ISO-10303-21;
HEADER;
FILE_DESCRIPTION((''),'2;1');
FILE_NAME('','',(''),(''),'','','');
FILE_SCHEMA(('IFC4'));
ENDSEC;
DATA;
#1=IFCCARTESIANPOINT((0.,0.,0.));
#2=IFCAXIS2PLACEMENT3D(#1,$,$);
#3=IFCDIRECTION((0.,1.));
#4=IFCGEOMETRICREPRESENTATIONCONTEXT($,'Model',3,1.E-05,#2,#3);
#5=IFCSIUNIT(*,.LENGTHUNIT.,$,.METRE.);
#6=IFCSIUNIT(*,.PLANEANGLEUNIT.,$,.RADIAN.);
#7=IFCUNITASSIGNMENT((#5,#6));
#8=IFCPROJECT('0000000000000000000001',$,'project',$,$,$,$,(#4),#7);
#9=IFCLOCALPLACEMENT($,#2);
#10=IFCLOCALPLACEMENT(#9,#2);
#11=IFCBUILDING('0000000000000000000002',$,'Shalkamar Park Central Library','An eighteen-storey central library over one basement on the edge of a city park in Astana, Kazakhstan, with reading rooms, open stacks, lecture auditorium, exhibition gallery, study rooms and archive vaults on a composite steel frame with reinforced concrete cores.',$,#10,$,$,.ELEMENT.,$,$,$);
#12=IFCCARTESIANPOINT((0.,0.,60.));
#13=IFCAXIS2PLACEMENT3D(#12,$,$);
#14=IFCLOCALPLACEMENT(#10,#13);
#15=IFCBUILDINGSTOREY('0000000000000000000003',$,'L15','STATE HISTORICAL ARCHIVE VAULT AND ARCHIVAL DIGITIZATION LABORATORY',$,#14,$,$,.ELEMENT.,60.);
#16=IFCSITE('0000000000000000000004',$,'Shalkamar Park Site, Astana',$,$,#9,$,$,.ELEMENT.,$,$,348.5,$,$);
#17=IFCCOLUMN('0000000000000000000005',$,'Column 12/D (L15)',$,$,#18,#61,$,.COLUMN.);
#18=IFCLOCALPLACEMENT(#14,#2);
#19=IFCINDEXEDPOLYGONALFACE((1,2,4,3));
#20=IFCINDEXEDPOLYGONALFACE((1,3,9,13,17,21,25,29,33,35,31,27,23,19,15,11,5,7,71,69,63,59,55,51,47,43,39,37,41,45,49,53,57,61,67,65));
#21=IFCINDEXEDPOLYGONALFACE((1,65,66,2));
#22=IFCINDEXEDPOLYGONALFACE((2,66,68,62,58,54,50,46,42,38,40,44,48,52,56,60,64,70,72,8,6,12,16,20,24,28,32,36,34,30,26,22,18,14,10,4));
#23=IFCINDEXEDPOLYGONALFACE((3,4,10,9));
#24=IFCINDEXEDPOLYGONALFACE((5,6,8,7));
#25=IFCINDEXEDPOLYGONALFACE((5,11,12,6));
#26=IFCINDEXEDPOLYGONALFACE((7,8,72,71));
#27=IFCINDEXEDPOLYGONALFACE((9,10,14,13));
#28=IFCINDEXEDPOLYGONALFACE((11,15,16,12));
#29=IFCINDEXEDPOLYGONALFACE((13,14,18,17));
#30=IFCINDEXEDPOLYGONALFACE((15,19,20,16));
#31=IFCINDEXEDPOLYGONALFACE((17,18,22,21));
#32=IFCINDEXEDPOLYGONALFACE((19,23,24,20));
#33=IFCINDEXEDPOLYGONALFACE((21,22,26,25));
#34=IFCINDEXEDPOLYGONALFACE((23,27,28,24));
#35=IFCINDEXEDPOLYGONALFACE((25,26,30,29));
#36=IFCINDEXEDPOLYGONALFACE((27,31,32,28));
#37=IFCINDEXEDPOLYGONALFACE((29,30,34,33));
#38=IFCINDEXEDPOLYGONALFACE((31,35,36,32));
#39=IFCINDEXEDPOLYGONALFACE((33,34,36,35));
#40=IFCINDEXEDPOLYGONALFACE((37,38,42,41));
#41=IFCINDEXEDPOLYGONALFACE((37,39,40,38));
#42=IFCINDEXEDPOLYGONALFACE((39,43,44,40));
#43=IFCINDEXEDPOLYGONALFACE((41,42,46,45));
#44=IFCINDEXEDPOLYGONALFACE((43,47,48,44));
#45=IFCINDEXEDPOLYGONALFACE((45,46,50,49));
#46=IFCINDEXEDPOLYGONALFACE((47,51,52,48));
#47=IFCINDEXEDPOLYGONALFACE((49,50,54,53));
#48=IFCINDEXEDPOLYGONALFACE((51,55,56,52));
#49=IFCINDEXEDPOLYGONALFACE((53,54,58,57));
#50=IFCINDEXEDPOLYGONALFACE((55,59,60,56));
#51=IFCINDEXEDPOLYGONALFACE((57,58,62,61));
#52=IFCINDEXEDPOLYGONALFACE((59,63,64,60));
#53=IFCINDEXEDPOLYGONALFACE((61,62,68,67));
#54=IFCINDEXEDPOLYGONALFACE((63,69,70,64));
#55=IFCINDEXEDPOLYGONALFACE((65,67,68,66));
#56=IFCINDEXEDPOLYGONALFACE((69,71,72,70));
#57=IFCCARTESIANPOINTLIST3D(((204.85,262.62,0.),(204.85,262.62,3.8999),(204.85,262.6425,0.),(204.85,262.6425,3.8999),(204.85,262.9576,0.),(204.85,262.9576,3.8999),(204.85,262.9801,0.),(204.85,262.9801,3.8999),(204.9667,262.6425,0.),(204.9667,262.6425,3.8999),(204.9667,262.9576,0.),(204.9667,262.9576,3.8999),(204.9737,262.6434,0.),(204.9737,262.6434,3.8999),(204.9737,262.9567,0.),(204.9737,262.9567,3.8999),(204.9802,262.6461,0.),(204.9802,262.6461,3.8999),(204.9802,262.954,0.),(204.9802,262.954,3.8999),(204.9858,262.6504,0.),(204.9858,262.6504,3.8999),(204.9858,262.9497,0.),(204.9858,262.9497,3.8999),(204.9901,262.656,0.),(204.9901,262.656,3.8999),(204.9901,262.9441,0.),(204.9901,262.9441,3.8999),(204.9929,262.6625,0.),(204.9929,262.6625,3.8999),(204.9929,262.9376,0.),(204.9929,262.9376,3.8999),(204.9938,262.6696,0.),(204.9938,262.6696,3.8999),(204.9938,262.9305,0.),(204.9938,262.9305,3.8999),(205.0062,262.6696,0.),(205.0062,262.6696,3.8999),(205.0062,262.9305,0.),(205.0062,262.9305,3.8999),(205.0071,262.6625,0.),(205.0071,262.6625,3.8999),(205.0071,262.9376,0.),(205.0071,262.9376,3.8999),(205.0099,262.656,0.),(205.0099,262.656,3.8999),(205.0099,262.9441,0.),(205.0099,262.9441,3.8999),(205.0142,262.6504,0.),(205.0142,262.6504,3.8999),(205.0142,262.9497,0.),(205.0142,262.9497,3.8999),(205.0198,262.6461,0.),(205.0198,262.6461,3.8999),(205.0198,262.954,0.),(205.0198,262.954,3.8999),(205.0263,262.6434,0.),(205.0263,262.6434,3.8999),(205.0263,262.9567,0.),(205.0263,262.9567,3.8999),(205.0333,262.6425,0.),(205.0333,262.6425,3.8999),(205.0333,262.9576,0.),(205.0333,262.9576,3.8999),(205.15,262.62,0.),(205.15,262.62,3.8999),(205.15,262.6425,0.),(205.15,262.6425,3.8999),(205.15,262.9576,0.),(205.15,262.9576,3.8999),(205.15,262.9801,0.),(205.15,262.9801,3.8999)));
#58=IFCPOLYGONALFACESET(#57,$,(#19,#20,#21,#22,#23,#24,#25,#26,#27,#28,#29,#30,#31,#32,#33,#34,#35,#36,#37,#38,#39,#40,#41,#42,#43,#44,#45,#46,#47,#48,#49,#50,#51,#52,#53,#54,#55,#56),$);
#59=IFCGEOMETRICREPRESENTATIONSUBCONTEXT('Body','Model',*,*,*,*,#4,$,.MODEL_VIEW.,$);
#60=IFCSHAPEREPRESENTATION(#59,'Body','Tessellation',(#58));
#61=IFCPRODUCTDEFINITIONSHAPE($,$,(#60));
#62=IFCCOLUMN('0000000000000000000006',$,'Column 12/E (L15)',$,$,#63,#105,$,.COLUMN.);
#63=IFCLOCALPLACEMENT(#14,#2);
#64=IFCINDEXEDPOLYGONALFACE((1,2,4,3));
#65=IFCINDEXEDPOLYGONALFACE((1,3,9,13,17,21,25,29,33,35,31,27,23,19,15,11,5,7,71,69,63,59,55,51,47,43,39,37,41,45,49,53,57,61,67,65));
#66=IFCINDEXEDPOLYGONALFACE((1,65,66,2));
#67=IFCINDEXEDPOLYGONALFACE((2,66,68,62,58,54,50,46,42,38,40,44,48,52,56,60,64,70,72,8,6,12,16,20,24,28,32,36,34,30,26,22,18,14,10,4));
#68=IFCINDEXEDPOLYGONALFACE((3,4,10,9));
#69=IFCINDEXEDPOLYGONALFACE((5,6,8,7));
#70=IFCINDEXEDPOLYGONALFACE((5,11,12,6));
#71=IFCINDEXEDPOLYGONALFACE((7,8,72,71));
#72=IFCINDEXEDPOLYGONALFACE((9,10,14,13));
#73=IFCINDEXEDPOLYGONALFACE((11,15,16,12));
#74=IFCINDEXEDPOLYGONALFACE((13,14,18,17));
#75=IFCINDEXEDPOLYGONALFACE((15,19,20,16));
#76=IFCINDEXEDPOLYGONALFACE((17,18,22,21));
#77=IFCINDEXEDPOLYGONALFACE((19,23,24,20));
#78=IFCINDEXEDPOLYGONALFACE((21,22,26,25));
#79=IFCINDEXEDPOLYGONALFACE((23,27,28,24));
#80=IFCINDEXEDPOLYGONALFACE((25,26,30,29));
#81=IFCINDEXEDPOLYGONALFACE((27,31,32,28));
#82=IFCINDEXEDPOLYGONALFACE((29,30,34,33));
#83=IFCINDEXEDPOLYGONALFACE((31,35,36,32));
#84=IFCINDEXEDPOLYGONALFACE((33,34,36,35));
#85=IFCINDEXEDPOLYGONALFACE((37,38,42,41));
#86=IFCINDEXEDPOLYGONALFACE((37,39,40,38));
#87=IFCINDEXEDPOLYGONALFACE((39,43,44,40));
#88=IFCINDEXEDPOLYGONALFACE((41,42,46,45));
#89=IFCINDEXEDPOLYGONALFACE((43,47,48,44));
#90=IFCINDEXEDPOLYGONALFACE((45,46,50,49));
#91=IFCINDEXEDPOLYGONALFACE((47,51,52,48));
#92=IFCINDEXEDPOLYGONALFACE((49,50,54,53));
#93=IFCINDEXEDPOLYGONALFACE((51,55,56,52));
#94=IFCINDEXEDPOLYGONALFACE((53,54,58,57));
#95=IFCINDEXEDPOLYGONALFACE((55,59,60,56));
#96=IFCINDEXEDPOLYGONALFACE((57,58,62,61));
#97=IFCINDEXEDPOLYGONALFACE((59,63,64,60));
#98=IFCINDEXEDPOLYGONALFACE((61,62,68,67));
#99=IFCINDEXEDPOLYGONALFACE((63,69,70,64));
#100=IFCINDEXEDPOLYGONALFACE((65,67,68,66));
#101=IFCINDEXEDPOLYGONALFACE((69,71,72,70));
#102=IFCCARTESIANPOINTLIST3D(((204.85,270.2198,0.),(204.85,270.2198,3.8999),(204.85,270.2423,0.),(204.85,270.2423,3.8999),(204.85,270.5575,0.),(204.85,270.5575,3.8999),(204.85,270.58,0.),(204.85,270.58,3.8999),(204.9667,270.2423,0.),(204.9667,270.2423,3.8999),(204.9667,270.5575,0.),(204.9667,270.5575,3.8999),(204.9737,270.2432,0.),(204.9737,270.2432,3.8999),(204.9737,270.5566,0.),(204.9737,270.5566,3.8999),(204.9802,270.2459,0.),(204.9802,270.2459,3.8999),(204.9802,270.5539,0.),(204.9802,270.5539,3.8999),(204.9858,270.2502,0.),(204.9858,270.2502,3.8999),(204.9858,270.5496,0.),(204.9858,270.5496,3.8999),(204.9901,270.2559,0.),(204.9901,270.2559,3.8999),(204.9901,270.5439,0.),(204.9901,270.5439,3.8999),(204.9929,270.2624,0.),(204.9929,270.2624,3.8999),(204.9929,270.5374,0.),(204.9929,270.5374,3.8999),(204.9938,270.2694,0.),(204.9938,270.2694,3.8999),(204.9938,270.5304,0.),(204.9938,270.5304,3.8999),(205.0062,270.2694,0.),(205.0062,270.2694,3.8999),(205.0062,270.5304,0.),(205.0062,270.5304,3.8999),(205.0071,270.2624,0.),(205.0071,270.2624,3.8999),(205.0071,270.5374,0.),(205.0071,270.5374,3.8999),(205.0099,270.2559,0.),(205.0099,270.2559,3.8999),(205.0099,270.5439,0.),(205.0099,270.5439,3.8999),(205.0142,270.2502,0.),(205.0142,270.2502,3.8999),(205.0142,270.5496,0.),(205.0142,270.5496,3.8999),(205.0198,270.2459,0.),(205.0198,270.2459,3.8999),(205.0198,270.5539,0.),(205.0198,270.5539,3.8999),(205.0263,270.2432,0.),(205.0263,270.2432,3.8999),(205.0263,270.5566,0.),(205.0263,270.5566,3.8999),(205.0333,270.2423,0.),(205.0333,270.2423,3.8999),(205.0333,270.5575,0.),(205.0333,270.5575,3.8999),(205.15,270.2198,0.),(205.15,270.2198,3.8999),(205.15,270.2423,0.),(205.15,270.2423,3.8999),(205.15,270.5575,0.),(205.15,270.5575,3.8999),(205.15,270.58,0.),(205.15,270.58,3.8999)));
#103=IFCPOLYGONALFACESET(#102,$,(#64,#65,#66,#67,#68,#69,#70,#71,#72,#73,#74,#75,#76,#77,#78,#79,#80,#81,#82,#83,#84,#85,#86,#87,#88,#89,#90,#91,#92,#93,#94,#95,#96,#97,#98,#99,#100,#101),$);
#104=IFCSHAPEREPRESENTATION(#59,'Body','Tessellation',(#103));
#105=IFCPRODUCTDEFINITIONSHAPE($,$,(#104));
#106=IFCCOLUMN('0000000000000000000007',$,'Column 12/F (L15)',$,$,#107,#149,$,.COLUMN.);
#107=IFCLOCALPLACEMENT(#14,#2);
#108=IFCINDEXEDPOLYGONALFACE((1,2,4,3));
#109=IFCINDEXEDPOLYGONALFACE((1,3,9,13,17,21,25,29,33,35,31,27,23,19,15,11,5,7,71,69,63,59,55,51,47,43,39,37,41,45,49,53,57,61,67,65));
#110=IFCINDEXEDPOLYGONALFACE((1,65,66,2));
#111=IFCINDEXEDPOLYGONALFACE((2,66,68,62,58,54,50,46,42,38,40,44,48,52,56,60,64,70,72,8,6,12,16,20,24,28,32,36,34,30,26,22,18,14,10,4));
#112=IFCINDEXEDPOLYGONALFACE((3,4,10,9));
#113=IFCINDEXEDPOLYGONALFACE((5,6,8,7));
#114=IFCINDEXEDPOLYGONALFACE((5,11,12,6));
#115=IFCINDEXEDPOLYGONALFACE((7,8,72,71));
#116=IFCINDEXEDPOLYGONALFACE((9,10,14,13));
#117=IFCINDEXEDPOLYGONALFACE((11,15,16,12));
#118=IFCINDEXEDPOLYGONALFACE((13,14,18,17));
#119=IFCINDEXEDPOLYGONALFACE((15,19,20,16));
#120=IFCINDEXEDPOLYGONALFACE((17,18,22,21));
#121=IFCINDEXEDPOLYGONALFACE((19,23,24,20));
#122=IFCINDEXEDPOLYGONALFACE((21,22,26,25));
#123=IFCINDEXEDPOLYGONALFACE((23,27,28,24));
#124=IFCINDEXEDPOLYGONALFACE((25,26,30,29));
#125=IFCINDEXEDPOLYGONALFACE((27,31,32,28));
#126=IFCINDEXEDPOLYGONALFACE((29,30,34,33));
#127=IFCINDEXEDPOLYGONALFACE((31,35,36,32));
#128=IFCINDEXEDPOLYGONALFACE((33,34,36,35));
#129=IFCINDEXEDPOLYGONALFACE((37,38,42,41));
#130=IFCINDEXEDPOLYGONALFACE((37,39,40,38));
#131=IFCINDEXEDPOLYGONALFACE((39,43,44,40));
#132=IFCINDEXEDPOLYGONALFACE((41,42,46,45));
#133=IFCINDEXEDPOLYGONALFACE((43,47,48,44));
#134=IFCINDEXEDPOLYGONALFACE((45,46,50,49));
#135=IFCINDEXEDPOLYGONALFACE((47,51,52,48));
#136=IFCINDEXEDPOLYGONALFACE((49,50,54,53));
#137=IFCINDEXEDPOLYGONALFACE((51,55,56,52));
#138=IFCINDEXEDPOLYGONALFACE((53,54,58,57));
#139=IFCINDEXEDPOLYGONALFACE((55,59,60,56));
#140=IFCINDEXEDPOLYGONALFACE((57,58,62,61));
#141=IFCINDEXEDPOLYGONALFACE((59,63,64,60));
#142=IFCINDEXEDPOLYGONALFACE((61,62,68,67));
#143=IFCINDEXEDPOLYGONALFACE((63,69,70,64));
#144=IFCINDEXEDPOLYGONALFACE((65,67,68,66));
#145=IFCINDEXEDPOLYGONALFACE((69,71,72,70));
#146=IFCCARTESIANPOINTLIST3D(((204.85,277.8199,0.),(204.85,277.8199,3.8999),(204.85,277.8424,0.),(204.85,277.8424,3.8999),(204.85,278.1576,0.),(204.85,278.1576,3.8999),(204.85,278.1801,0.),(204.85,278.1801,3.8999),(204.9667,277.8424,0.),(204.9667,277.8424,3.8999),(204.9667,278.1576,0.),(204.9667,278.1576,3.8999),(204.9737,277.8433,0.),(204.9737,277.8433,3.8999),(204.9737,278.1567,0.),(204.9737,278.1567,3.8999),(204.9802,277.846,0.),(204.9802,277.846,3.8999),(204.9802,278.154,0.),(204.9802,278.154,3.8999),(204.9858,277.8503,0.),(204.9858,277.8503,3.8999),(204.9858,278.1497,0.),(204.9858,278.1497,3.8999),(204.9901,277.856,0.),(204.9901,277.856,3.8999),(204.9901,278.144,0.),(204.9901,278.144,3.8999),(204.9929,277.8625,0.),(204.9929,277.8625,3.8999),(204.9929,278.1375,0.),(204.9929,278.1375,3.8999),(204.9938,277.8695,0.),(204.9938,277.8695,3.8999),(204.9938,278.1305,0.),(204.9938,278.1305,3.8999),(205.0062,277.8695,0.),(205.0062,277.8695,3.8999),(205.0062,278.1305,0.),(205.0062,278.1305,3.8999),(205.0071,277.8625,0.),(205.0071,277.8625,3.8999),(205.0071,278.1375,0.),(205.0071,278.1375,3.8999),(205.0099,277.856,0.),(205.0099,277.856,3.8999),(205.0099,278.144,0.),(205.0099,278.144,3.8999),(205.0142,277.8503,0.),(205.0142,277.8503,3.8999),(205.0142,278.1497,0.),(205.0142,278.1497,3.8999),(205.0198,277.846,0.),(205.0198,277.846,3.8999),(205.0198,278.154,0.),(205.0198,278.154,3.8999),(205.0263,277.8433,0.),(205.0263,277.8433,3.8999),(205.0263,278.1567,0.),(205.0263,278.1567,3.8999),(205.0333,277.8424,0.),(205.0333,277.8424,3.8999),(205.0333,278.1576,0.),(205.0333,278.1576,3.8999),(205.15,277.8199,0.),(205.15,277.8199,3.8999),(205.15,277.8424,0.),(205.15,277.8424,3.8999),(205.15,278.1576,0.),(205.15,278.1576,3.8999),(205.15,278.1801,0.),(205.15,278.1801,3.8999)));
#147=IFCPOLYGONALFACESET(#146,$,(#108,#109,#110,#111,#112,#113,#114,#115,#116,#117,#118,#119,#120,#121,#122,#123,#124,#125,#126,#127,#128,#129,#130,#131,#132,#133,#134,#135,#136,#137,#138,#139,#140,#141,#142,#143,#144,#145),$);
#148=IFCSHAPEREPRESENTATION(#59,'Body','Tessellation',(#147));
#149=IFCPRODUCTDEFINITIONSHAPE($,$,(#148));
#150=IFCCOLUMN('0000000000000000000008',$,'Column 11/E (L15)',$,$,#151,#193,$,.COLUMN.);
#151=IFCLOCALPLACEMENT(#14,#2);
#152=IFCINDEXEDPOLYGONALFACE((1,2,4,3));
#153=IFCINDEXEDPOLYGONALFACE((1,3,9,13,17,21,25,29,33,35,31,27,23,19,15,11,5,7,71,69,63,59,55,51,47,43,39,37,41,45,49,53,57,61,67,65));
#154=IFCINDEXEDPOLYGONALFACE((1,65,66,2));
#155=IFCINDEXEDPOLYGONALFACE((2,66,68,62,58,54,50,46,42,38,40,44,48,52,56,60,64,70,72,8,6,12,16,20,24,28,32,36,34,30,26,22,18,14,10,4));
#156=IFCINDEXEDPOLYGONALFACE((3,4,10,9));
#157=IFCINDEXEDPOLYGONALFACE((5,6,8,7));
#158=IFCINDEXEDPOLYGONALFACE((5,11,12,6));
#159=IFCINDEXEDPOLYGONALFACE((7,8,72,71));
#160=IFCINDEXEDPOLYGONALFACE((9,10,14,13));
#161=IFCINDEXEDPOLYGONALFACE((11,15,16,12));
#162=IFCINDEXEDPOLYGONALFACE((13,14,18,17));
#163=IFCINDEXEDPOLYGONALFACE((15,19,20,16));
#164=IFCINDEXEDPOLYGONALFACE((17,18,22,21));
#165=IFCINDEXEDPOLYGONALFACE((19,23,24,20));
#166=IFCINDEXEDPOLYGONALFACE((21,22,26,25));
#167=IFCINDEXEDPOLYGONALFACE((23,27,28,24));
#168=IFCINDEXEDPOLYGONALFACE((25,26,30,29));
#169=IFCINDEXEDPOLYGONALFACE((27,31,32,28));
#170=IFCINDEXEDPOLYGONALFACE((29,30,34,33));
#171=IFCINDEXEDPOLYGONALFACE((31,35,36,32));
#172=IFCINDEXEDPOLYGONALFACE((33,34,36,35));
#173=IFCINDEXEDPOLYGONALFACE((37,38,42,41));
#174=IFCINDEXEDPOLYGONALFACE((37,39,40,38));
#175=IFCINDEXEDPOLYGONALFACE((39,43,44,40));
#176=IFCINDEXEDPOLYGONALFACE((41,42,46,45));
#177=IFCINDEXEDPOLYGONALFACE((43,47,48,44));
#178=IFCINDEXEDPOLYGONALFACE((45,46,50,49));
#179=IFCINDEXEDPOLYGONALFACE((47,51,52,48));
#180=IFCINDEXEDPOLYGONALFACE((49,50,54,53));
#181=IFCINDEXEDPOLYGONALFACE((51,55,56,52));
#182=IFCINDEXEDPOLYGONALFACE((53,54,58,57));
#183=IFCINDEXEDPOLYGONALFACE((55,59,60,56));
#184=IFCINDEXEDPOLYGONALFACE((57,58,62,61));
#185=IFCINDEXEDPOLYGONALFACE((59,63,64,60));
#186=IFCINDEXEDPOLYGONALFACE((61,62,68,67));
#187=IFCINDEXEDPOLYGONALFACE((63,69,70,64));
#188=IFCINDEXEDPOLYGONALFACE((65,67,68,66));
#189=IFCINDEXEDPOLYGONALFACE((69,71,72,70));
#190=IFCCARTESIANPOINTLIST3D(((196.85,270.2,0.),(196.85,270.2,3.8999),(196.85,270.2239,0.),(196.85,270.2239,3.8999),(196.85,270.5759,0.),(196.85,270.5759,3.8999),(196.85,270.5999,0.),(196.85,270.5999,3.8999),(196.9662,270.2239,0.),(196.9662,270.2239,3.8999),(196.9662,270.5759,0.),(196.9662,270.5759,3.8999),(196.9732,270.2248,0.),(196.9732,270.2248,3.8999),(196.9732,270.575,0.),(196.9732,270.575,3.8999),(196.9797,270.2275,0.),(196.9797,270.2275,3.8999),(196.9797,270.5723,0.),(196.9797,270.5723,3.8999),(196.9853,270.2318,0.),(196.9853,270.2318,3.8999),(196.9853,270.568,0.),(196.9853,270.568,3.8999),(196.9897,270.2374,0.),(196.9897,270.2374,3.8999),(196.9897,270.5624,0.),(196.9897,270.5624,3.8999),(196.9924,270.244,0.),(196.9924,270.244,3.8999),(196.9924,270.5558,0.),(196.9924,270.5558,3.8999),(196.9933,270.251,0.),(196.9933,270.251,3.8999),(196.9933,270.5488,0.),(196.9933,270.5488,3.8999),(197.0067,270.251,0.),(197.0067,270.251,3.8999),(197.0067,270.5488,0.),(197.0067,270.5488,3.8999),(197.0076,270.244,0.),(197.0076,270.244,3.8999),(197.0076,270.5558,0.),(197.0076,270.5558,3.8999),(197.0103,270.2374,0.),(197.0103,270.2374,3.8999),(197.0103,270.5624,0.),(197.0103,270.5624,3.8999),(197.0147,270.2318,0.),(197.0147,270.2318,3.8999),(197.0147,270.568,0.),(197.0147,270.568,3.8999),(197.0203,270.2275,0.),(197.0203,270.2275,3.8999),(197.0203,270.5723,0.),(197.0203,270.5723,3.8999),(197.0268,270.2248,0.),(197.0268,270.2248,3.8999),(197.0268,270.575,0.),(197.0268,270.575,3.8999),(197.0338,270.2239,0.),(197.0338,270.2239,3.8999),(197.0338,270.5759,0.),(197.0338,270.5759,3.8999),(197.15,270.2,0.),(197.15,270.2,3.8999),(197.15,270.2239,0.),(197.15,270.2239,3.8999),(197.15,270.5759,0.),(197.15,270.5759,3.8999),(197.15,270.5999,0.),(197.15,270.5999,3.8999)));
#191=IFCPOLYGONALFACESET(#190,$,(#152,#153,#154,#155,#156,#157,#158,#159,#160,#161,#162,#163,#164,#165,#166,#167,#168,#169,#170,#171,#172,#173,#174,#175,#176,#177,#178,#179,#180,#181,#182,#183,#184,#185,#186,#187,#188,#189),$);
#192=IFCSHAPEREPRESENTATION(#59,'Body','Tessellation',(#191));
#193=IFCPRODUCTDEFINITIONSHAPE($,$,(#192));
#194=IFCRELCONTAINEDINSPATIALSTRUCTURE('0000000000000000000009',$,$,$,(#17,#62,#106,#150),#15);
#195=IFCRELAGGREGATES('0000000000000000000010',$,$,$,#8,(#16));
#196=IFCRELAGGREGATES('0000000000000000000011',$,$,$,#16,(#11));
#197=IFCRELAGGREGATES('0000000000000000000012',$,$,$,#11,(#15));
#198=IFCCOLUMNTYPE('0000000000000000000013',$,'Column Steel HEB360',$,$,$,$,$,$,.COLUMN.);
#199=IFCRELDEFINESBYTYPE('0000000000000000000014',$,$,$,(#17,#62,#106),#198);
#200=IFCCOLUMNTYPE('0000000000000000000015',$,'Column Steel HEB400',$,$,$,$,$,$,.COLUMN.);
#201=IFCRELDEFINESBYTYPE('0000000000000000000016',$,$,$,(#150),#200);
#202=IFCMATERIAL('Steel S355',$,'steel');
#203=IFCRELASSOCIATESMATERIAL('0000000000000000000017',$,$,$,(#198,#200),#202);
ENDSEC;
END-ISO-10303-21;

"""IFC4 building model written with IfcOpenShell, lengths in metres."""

from ifc_helpers import new_model, si_unit, direction, frame, origin, origin_2d, place, context, subcontext, project, spatial, i_section, extrude, material, material_profile, profile_set, type_object, element, save


model = new_model("IFC4")

# Units and contexts
model_context = context("Model", 3, precision=1e-05, world=origin(), true_north=direction((0.0, 1.0)))
body_context = subcontext(model_context, "Body", "Model", "MODEL_VIEW")
ifc_project = project(units=[si_unit("LENGTHUNIT", "METRE"), si_unit("PLANEANGLEUNIT", "RADIAN")], contexts=[model_context])

# Site, building, storey
site_placement = place(None, origin())
site = spatial("IfcSite", under=ifc_project, at=site_placement, Name="Shalkamar Park Site, Astana", CompositionType="ELEMENT", RefElevation=348.5)
building_placement = place(site_placement, origin())
building = spatial("IfcBuilding", under=site, at=building_placement, Name="Shalkamar Park Central Library", Description="An eighteen-storey central library over one basement on the edge of a city park in Astana, Kazakhstan, with reading rooms, open stacks, lecture auditorium, exhibition gallery, study rooms and archive vaults on a composite steel frame with reinforced concrete cores.", CompositionType="ELEMENT")
storey_placement = place(building_placement, frame((0.0, 0.0, 60.0)))
storey = spatial("IfcBuildingStorey", under=building, at=storey_placement, Name="L15", Description="STATE HISTORICAL ARCHIVE VAULT AND ARCHIVAL DIGITIZATION LABORATORY", CompositionType="ELEMENT", Elevation=60.0)

# Columns
ifc_material_1 = material(Name="Steel S355", Category="steel")
ifc_material_profile_1 = material_profile(ifc_material_1, i_section(OverallWidth=0.3, OverallDepth=0.3601, WebThickness=0.0125, FlangeThickness=0.0225, FilletRadius=0.0271, at=origin_2d()), Name="HEB 360")
ifc_profile_set_1 = profile_set([ifc_material_profile_1], Name="Steel S355")
column_type_1 = type_object("IfcColumnType", Name="Column Steel HEB360", PredefinedType="COLUMN", material=ifc_profile_set_1)
for number, where, z_axis, x_axis, name in (
    (1, (205.0, 262.8, 0.0), (0.0, 0.0, 1.0), (1.0, 0.0, 0.0), "Column 12/D (L15)"),
    (2, (205.0, 270.3999, 0.0), (0.0, 0.0, 1.0), (1.0, 0.0, 0.0), "Column 12/E (L15)"),
    (3, (205.0, 278.0, 0.0), (0.0, 0.0, 1.0), (1.0, 0.0, 0.0), "Column 12/F (L15)"),
):
    element("IfcColumn", number, at=place(storey_placement, frame(where, z_axis=z_axis, x_axis=x_axis)), inside=storey, type_object=column_type_1, Name=name, PredefinedType="COLUMN", context=body_context, shape_type="SweptSolid", body=[
        extrude(i_section(OverallWidth=0.3, OverallDepth=0.3601, WebThickness=0.0125, FlangeThickness=0.0225, FilletRadius=0.0271, at=origin_2d()), origin(), (0.0, 0.0, 1.0), 3.8999),
    ])
ifc_material_profile_2 = material_profile(ifc_material_1, i_section(OverallWidth=0.3, OverallDepth=0.3999, WebThickness=0.0134, FlangeThickness=0.0239, FilletRadius=0.0271, at=origin_2d()), Name="HEB 400")
ifc_profile_set_2 = profile_set([ifc_material_profile_2], Name="Steel S355")
column_type_2 = type_object("IfcColumnType", Name="Column Steel HEB400", PredefinedType="COLUMN", material=ifc_profile_set_2)
for number, where, z_axis, x_axis, name in (
    (4, (197.0, 270.3999, 0.0), (0.0, 0.0, 1.0), (1.0, 0.0, 0.0), "Column 11/E (L15)"),
):
    element("IfcColumn", number, at=place(storey_placement, frame(where, z_axis=z_axis, x_axis=x_axis)), inside=storey, type_object=column_type_2, Name=name, PredefinedType="COLUMN", context=body_context, shape_type="SweptSolid", body=[
        extrude(i_section(OverallWidth=0.3, OverallDepth=0.3999, WebThickness=0.0134, FlangeThickness=0.0239, FilletRadius=0.0271, at=origin_2d()), origin(), (0.0, 0.0, 1.0), 3.8999),
    ])

save(model, "model.ifc")
